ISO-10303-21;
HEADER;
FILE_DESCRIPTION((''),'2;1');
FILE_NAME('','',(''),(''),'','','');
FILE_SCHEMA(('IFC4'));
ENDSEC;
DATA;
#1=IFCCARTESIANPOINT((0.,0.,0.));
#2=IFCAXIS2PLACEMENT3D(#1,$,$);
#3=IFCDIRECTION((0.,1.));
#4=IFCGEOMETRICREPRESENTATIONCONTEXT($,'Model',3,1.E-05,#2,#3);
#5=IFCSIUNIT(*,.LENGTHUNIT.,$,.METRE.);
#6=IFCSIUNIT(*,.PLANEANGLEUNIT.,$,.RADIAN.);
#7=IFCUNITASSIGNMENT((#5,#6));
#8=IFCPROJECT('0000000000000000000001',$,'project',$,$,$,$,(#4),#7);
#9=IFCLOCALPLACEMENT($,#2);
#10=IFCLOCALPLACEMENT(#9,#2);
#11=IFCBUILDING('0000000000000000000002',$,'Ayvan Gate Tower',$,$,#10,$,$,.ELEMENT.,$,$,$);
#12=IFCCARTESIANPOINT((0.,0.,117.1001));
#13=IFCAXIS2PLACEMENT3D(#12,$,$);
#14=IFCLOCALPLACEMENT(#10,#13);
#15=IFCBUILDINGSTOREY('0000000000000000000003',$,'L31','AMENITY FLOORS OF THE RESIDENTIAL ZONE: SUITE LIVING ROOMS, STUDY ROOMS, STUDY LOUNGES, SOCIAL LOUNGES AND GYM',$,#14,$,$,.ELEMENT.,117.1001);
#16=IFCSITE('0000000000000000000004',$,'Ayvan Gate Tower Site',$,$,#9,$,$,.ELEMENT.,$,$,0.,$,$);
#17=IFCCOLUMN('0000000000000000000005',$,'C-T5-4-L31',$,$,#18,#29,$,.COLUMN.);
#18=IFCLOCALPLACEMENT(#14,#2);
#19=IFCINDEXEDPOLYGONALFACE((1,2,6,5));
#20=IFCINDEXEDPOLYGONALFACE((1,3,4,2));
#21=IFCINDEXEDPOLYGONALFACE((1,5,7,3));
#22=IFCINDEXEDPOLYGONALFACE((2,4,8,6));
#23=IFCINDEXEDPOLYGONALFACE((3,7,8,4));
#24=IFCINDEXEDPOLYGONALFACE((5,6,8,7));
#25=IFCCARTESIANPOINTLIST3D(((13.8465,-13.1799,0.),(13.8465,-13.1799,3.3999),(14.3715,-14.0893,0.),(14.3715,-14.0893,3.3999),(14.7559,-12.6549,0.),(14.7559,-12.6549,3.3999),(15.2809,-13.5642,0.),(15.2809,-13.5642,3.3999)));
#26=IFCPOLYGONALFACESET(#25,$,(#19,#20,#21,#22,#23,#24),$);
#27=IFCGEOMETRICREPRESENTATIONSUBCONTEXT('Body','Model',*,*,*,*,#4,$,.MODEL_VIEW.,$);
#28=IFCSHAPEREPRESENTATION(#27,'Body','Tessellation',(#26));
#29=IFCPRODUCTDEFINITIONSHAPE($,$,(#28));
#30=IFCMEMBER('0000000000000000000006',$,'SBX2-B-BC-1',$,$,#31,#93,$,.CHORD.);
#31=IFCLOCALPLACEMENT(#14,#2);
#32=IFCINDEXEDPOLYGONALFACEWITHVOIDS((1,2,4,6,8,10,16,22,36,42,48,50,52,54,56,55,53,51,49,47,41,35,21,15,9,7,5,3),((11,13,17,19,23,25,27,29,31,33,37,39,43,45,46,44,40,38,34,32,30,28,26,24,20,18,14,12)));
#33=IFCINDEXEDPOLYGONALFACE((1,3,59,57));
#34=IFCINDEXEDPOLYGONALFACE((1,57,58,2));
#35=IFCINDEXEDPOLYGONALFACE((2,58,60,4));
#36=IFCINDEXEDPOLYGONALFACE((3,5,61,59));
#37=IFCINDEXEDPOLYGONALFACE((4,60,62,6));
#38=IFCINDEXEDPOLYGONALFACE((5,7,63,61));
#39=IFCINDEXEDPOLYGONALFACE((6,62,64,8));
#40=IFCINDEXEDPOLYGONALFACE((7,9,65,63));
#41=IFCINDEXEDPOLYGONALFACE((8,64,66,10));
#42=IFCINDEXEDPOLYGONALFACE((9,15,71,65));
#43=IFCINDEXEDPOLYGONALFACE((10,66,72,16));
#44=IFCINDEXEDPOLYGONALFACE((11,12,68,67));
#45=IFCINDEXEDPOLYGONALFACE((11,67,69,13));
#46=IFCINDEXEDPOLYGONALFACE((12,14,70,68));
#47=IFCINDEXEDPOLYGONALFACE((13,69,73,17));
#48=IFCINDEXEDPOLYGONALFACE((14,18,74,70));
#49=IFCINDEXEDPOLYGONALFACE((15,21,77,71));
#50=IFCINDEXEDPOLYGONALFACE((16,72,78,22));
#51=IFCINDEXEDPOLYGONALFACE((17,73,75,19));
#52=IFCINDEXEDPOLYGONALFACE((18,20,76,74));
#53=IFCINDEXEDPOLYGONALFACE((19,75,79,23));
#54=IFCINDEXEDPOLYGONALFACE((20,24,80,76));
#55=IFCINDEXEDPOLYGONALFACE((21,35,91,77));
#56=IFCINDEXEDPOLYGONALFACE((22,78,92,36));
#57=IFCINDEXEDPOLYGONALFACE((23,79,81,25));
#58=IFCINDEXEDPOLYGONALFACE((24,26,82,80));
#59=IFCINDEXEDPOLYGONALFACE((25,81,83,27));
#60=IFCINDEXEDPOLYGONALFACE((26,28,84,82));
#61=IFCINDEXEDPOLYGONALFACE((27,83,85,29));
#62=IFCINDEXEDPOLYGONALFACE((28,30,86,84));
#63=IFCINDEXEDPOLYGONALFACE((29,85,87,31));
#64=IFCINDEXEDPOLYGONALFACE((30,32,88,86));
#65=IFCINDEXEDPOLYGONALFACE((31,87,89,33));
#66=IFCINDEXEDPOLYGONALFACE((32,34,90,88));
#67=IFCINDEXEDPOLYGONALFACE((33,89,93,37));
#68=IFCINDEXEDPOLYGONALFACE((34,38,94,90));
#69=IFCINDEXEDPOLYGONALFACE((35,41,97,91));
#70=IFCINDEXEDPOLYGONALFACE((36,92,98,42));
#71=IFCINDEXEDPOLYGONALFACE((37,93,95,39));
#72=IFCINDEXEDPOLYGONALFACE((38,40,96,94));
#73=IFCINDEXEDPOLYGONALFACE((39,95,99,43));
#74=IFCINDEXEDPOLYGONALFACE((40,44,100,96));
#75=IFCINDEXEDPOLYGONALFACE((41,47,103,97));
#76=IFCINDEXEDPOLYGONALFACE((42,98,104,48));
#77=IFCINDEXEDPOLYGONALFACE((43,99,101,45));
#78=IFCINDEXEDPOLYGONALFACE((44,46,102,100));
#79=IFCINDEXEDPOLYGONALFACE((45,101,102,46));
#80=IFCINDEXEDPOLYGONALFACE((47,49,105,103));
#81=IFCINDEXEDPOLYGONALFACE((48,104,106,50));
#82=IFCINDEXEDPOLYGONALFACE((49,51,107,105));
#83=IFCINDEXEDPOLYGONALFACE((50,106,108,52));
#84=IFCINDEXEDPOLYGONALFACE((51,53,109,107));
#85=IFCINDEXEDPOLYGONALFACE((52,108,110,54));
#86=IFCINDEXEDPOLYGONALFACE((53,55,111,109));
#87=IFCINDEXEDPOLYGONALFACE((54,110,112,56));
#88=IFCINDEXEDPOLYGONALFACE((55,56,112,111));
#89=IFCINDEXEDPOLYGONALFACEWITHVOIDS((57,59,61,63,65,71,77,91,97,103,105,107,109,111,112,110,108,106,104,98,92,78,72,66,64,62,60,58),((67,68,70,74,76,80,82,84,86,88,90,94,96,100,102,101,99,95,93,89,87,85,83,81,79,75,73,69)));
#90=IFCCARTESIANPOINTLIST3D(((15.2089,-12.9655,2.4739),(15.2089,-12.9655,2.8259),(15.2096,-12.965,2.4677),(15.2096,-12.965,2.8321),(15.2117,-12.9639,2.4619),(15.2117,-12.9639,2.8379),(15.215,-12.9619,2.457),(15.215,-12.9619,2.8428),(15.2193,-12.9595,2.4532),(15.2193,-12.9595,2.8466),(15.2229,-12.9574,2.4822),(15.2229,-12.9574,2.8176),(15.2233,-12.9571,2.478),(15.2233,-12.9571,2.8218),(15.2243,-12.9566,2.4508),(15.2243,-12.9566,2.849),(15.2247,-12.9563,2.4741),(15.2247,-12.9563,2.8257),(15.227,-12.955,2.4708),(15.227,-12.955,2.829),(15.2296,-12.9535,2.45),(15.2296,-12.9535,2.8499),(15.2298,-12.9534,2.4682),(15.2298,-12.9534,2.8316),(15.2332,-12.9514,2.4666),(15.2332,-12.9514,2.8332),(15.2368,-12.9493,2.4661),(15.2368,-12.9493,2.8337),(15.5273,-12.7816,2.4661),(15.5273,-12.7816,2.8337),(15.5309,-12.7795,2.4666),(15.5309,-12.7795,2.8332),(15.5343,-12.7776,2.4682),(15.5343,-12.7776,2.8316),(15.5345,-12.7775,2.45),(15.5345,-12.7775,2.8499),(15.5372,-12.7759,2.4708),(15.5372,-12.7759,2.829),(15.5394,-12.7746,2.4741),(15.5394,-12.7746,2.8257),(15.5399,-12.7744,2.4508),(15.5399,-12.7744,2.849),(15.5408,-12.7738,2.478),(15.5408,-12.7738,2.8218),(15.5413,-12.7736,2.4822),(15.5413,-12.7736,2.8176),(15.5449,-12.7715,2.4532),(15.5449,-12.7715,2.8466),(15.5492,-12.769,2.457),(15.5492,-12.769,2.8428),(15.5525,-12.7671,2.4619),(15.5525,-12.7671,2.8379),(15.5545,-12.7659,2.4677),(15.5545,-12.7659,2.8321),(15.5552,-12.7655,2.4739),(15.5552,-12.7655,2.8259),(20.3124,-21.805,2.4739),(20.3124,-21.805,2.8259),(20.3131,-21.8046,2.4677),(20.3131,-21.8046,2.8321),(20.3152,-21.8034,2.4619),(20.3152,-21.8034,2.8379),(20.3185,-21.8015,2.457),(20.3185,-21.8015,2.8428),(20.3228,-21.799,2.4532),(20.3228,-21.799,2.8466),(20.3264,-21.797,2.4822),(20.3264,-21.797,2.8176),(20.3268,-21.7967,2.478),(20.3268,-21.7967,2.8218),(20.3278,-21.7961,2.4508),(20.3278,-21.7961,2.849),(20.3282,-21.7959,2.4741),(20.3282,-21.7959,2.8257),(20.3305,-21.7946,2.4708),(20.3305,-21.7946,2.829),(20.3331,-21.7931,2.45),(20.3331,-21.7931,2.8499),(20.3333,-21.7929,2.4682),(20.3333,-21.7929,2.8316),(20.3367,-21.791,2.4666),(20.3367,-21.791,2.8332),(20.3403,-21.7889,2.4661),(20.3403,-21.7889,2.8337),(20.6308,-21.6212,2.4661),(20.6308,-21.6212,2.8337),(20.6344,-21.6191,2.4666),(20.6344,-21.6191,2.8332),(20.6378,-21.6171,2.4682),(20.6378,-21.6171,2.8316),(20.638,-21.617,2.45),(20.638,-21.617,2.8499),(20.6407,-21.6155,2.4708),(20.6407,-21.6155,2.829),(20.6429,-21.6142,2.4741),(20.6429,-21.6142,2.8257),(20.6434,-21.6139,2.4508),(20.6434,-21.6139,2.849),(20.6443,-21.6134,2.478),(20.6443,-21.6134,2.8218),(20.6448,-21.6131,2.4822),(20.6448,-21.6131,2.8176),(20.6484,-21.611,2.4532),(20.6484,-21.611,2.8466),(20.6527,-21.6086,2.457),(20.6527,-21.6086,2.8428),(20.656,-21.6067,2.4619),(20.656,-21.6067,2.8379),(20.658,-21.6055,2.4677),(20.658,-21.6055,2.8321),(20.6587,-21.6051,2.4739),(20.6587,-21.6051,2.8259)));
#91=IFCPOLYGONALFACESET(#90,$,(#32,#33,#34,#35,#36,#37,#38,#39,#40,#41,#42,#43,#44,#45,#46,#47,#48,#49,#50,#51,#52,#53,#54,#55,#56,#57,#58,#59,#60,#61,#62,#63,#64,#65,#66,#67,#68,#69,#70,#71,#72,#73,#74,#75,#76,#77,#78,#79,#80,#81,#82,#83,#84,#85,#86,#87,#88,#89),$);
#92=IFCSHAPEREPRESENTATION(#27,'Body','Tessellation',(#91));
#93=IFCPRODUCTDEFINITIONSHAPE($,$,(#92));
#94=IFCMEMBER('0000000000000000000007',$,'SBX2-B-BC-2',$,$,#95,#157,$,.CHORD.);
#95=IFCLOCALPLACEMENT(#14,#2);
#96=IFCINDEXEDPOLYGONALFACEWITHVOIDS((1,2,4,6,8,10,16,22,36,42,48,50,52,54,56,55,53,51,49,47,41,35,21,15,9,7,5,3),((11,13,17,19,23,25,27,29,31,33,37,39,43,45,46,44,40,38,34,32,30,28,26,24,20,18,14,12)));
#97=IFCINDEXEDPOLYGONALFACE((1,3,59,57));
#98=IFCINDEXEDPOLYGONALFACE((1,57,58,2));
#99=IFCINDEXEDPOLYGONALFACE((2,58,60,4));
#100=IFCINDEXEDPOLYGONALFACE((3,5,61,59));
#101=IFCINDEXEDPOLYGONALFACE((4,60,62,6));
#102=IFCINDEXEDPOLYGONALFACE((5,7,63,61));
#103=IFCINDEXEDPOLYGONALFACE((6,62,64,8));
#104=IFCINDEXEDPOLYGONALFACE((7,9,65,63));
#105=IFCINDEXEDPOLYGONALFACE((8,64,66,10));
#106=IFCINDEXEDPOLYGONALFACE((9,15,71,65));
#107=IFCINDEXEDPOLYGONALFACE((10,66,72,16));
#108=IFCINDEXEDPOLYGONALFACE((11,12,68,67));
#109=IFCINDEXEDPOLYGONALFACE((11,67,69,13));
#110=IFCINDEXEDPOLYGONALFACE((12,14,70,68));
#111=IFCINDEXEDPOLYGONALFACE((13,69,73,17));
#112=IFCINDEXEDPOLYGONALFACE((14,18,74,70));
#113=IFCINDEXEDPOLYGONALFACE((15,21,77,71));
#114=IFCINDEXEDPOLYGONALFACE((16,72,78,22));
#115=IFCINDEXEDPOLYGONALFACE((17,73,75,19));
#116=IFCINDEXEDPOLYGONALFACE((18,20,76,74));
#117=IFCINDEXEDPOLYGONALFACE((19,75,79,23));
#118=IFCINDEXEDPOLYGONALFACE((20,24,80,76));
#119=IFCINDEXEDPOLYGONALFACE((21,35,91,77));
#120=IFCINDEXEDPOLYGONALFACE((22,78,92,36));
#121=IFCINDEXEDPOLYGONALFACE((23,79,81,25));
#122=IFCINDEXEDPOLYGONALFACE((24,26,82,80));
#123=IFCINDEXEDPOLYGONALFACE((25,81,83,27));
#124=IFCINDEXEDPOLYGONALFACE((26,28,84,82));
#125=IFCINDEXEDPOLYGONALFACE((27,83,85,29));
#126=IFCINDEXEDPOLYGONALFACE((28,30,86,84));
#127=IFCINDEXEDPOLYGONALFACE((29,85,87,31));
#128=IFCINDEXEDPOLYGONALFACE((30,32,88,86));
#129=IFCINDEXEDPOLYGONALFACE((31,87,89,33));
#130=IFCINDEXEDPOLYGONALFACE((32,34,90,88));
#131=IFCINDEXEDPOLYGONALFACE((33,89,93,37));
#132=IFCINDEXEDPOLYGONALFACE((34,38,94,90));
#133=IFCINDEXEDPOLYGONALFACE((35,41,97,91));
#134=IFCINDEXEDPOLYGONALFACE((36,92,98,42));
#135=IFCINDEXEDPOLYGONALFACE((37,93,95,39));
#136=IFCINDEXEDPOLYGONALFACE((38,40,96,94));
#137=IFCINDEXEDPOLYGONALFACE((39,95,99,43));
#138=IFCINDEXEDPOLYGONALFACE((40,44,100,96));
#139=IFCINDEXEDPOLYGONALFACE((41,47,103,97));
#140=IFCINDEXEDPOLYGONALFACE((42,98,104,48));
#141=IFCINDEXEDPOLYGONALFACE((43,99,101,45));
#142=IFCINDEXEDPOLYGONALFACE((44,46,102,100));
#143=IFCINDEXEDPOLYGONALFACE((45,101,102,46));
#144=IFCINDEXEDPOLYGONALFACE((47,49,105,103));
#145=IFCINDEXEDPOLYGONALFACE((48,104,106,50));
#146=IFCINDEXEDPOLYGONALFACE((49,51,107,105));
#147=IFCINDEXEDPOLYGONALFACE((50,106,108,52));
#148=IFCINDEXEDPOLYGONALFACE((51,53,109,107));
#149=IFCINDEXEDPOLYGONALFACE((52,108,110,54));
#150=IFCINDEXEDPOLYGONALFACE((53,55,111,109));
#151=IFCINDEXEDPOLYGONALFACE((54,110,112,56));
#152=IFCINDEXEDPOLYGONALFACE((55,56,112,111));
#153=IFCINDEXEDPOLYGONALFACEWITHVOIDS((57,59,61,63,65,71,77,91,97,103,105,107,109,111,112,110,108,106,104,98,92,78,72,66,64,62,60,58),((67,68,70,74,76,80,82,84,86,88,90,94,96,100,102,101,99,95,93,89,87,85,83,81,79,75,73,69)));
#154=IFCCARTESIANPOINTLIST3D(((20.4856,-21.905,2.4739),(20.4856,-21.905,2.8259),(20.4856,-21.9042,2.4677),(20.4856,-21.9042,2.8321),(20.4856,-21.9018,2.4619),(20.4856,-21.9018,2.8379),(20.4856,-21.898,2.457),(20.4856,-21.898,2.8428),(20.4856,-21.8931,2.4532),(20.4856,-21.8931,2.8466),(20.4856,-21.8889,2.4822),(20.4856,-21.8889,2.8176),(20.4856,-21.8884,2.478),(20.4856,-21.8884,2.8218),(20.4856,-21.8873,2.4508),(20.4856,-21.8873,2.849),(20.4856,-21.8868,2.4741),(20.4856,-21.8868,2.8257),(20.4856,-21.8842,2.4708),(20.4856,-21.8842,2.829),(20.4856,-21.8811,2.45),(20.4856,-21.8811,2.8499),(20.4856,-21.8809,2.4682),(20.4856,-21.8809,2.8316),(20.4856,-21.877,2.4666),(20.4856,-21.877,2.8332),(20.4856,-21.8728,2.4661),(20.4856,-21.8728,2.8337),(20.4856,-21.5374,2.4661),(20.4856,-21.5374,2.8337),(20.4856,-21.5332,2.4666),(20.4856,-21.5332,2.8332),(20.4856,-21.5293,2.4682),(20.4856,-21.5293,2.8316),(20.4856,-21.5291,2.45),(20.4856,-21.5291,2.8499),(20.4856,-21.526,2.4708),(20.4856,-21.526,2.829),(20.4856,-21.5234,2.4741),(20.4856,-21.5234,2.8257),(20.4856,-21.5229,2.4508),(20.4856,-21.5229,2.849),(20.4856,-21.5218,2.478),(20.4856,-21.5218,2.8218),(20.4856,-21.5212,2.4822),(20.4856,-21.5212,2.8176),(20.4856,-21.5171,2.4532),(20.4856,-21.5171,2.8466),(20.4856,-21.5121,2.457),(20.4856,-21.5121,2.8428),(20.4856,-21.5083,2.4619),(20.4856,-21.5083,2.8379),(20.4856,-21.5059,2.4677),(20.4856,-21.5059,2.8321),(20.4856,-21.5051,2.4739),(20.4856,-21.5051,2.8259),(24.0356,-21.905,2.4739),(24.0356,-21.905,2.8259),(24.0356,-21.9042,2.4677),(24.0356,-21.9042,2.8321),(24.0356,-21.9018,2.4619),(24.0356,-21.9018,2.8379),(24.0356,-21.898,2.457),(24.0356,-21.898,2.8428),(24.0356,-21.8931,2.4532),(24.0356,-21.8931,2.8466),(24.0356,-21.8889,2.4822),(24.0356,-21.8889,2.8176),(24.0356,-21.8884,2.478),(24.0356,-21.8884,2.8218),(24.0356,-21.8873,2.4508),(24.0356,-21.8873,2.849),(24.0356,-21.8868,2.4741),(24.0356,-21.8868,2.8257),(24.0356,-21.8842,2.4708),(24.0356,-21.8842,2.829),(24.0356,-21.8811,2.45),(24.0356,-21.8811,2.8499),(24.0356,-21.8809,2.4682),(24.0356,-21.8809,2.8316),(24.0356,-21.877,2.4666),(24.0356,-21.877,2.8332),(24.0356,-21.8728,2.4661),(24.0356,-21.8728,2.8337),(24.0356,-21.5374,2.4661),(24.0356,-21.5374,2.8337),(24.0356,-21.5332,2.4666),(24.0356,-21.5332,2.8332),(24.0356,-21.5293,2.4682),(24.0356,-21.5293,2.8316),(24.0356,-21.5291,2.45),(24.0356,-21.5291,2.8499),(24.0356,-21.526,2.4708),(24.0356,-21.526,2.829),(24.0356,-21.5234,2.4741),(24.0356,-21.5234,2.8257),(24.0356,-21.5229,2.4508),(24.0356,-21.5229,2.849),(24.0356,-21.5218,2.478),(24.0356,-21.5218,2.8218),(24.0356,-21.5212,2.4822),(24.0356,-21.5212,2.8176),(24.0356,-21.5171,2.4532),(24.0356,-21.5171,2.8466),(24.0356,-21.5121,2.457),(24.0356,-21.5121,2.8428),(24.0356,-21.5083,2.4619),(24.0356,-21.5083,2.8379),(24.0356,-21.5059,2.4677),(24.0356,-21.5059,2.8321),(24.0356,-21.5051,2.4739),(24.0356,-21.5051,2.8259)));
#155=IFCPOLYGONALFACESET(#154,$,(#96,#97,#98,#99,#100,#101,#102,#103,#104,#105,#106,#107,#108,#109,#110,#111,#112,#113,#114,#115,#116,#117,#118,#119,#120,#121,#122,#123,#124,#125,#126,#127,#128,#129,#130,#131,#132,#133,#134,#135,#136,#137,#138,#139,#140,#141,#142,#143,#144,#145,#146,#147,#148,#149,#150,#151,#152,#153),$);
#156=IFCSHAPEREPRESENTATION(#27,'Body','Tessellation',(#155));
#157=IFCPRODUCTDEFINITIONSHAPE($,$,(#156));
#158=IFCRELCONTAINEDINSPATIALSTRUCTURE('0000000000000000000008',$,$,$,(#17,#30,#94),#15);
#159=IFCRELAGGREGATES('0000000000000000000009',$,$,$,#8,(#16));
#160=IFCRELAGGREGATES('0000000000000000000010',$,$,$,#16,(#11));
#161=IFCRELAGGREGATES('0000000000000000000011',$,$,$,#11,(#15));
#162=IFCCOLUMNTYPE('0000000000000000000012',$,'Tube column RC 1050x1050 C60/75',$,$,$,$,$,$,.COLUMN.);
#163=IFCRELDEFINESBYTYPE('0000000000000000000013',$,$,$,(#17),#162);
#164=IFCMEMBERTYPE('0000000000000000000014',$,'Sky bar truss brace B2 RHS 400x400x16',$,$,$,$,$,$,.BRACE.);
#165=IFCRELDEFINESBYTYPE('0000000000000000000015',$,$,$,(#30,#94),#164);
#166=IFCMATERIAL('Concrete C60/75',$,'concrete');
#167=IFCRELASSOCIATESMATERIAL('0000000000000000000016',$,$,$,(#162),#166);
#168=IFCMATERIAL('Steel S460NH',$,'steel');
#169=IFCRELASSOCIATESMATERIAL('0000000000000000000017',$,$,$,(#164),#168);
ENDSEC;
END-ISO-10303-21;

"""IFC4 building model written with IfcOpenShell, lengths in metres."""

from ifc_helpers import new_model, si_unit, direction, frame, origin, origin_2d, place, context, subcontext, project, spatial, rectangle, hollow_rectangle, extrude, material, material_profile, profile_set, type_object, element, save


model = new_model("IFC4")

# Units and contexts
model_context = context("Model", 3, precision=1e-05, world=origin(), true_north=direction((0.0, 1.0)))
body_context = subcontext(model_context, "Body", "Model", "MODEL_VIEW")
ifc_project = project(units=[si_unit("LENGTHUNIT", "METRE"), si_unit("PLANEANGLEUNIT", "RADIAN")], contexts=[model_context])

# Site, building, storey
site_placement = place(None, origin())
site = spatial("IfcSite", under=ifc_project, at=site_placement, Name="Ayvan Gate Tower Site", CompositionType="ELEMENT", RefElevation=0.0)
building_placement = place(site_placement, origin())
building = spatial("IfcBuilding", under=site, at=building_placement, Name="Ayvan Gate Tower", CompositionType="ELEMENT")
storey_placement = place(building_placement, frame((0.0, 0.0, 117.1001)))
storey = spatial("IfcBuildingStorey", under=building, at=storey_placement, Name="L31", Description="AMENITY FLOORS OF THE RESIDENTIAL ZONE: SUITE LIVING ROOMS, STUDY ROOMS, STUDY LOUNGES, SOCIAL LOUNGES AND GYM", CompositionType="ELEMENT", Elevation=117.1001)

# Column
ifc_material_1 = material(Name="Concrete C60/75", Category="concrete")
ifc_material_profile_1 = material_profile(ifc_material_1, rectangle(XDim=1.05, YDim=1.05, at=origin_2d()), Name="RC 1050x1050")
ifc_profile_set_1 = profile_set([ifc_material_profile_1], Name="Concrete C60/75")
column_type = type_object("IfcColumnType", Name="Tube column RC 1050x1050 C60/75", PredefinedType="COLUMN", material=ifc_profile_set_1)
column_placement = place(storey_placement, frame((14.5637, -13.3721, 0.0), z_axis=(0.0, 0.0, 1.0), x_axis=(0.5, -0.866025, 0.0)))
element("IfcColumn", 1, at=column_placement, inside=storey, type_object=column_type, Name="C-T5-4-L31", PredefinedType="COLUMN", context=body_context, shape_type="SweptSolid", body=[
    extrude(rectangle(XDim=1.05, YDim=1.05, at=origin_2d()), origin(), (0.0, 0.0, 1.0), 3.3999),
])

# Members
ifc_material_2 = material(Name="Steel S460NH", Category="steel")
ifc_material_profile_2 = material_profile(ifc_material_2, hollow_rectangle(XDim=0.3999, YDim=0.3999, WallThickness=0.0161, InnerFilletRadius=0.0161, OuterFilletRadius=0.0239, at=origin_2d()), Name="RHS 400x400x16")
ifc_profile_set_2 = profile_set([ifc_material_profile_2], Name="Steel S460NH")
member_type_1 = type_object("IfcMemberType", Name="Sky bar truss brace B2 RHS 400x400x16", PredefinedType="BRACE", material=ifc_profile_set_2)
member_1_placement = place(storey_placement, frame((15.3821, -12.8655, 2.6499), z_axis=(0.499998, -0.866027, 0.0), x_axis=(0.866027, 0.499998, 0.0)))
element("IfcMember", 2, at=member_1_placement, inside=storey, type_object=member_type_1, Name="SBX2-B-BC-1", PredefinedType="CHORD", context=body_context, shape_type="SweptSolid", body=[
    extrude(hollow_rectangle(XDim=0.3999, YDim=0.3999, WallThickness=0.0161, InnerFilletRadius=0.0161, OuterFilletRadius=0.0239, at=origin_2d()), origin(), (0.0, 0.0, 1.0), 10.207),
])
for number, where, z_axis, x_axis, name in (
    (3, (20.4856, -21.7051, 2.6499), (1.0, 0.0, 0.0), (0.0, 1.0, 0.0), "SBX2-B-BC-2"),
):
    element("IfcMember", number, at=place(storey_placement, frame(where, z_axis=z_axis, x_axis=x_axis)), inside=storey, type_object=member_type_1, Name=name, PredefinedType="CHORD", context=body_context, shape_type="SweptSolid", body=[
        extrude(hollow_rectangle(XDim=0.3999, YDim=0.3999, WallThickness=0.0161, InnerFilletRadius=0.0161, OuterFilletRadius=0.0239, at=origin_2d()), origin(), (0.0, 0.0, 1.0), 3.55),
    ])

save(model, "model.ifc")
